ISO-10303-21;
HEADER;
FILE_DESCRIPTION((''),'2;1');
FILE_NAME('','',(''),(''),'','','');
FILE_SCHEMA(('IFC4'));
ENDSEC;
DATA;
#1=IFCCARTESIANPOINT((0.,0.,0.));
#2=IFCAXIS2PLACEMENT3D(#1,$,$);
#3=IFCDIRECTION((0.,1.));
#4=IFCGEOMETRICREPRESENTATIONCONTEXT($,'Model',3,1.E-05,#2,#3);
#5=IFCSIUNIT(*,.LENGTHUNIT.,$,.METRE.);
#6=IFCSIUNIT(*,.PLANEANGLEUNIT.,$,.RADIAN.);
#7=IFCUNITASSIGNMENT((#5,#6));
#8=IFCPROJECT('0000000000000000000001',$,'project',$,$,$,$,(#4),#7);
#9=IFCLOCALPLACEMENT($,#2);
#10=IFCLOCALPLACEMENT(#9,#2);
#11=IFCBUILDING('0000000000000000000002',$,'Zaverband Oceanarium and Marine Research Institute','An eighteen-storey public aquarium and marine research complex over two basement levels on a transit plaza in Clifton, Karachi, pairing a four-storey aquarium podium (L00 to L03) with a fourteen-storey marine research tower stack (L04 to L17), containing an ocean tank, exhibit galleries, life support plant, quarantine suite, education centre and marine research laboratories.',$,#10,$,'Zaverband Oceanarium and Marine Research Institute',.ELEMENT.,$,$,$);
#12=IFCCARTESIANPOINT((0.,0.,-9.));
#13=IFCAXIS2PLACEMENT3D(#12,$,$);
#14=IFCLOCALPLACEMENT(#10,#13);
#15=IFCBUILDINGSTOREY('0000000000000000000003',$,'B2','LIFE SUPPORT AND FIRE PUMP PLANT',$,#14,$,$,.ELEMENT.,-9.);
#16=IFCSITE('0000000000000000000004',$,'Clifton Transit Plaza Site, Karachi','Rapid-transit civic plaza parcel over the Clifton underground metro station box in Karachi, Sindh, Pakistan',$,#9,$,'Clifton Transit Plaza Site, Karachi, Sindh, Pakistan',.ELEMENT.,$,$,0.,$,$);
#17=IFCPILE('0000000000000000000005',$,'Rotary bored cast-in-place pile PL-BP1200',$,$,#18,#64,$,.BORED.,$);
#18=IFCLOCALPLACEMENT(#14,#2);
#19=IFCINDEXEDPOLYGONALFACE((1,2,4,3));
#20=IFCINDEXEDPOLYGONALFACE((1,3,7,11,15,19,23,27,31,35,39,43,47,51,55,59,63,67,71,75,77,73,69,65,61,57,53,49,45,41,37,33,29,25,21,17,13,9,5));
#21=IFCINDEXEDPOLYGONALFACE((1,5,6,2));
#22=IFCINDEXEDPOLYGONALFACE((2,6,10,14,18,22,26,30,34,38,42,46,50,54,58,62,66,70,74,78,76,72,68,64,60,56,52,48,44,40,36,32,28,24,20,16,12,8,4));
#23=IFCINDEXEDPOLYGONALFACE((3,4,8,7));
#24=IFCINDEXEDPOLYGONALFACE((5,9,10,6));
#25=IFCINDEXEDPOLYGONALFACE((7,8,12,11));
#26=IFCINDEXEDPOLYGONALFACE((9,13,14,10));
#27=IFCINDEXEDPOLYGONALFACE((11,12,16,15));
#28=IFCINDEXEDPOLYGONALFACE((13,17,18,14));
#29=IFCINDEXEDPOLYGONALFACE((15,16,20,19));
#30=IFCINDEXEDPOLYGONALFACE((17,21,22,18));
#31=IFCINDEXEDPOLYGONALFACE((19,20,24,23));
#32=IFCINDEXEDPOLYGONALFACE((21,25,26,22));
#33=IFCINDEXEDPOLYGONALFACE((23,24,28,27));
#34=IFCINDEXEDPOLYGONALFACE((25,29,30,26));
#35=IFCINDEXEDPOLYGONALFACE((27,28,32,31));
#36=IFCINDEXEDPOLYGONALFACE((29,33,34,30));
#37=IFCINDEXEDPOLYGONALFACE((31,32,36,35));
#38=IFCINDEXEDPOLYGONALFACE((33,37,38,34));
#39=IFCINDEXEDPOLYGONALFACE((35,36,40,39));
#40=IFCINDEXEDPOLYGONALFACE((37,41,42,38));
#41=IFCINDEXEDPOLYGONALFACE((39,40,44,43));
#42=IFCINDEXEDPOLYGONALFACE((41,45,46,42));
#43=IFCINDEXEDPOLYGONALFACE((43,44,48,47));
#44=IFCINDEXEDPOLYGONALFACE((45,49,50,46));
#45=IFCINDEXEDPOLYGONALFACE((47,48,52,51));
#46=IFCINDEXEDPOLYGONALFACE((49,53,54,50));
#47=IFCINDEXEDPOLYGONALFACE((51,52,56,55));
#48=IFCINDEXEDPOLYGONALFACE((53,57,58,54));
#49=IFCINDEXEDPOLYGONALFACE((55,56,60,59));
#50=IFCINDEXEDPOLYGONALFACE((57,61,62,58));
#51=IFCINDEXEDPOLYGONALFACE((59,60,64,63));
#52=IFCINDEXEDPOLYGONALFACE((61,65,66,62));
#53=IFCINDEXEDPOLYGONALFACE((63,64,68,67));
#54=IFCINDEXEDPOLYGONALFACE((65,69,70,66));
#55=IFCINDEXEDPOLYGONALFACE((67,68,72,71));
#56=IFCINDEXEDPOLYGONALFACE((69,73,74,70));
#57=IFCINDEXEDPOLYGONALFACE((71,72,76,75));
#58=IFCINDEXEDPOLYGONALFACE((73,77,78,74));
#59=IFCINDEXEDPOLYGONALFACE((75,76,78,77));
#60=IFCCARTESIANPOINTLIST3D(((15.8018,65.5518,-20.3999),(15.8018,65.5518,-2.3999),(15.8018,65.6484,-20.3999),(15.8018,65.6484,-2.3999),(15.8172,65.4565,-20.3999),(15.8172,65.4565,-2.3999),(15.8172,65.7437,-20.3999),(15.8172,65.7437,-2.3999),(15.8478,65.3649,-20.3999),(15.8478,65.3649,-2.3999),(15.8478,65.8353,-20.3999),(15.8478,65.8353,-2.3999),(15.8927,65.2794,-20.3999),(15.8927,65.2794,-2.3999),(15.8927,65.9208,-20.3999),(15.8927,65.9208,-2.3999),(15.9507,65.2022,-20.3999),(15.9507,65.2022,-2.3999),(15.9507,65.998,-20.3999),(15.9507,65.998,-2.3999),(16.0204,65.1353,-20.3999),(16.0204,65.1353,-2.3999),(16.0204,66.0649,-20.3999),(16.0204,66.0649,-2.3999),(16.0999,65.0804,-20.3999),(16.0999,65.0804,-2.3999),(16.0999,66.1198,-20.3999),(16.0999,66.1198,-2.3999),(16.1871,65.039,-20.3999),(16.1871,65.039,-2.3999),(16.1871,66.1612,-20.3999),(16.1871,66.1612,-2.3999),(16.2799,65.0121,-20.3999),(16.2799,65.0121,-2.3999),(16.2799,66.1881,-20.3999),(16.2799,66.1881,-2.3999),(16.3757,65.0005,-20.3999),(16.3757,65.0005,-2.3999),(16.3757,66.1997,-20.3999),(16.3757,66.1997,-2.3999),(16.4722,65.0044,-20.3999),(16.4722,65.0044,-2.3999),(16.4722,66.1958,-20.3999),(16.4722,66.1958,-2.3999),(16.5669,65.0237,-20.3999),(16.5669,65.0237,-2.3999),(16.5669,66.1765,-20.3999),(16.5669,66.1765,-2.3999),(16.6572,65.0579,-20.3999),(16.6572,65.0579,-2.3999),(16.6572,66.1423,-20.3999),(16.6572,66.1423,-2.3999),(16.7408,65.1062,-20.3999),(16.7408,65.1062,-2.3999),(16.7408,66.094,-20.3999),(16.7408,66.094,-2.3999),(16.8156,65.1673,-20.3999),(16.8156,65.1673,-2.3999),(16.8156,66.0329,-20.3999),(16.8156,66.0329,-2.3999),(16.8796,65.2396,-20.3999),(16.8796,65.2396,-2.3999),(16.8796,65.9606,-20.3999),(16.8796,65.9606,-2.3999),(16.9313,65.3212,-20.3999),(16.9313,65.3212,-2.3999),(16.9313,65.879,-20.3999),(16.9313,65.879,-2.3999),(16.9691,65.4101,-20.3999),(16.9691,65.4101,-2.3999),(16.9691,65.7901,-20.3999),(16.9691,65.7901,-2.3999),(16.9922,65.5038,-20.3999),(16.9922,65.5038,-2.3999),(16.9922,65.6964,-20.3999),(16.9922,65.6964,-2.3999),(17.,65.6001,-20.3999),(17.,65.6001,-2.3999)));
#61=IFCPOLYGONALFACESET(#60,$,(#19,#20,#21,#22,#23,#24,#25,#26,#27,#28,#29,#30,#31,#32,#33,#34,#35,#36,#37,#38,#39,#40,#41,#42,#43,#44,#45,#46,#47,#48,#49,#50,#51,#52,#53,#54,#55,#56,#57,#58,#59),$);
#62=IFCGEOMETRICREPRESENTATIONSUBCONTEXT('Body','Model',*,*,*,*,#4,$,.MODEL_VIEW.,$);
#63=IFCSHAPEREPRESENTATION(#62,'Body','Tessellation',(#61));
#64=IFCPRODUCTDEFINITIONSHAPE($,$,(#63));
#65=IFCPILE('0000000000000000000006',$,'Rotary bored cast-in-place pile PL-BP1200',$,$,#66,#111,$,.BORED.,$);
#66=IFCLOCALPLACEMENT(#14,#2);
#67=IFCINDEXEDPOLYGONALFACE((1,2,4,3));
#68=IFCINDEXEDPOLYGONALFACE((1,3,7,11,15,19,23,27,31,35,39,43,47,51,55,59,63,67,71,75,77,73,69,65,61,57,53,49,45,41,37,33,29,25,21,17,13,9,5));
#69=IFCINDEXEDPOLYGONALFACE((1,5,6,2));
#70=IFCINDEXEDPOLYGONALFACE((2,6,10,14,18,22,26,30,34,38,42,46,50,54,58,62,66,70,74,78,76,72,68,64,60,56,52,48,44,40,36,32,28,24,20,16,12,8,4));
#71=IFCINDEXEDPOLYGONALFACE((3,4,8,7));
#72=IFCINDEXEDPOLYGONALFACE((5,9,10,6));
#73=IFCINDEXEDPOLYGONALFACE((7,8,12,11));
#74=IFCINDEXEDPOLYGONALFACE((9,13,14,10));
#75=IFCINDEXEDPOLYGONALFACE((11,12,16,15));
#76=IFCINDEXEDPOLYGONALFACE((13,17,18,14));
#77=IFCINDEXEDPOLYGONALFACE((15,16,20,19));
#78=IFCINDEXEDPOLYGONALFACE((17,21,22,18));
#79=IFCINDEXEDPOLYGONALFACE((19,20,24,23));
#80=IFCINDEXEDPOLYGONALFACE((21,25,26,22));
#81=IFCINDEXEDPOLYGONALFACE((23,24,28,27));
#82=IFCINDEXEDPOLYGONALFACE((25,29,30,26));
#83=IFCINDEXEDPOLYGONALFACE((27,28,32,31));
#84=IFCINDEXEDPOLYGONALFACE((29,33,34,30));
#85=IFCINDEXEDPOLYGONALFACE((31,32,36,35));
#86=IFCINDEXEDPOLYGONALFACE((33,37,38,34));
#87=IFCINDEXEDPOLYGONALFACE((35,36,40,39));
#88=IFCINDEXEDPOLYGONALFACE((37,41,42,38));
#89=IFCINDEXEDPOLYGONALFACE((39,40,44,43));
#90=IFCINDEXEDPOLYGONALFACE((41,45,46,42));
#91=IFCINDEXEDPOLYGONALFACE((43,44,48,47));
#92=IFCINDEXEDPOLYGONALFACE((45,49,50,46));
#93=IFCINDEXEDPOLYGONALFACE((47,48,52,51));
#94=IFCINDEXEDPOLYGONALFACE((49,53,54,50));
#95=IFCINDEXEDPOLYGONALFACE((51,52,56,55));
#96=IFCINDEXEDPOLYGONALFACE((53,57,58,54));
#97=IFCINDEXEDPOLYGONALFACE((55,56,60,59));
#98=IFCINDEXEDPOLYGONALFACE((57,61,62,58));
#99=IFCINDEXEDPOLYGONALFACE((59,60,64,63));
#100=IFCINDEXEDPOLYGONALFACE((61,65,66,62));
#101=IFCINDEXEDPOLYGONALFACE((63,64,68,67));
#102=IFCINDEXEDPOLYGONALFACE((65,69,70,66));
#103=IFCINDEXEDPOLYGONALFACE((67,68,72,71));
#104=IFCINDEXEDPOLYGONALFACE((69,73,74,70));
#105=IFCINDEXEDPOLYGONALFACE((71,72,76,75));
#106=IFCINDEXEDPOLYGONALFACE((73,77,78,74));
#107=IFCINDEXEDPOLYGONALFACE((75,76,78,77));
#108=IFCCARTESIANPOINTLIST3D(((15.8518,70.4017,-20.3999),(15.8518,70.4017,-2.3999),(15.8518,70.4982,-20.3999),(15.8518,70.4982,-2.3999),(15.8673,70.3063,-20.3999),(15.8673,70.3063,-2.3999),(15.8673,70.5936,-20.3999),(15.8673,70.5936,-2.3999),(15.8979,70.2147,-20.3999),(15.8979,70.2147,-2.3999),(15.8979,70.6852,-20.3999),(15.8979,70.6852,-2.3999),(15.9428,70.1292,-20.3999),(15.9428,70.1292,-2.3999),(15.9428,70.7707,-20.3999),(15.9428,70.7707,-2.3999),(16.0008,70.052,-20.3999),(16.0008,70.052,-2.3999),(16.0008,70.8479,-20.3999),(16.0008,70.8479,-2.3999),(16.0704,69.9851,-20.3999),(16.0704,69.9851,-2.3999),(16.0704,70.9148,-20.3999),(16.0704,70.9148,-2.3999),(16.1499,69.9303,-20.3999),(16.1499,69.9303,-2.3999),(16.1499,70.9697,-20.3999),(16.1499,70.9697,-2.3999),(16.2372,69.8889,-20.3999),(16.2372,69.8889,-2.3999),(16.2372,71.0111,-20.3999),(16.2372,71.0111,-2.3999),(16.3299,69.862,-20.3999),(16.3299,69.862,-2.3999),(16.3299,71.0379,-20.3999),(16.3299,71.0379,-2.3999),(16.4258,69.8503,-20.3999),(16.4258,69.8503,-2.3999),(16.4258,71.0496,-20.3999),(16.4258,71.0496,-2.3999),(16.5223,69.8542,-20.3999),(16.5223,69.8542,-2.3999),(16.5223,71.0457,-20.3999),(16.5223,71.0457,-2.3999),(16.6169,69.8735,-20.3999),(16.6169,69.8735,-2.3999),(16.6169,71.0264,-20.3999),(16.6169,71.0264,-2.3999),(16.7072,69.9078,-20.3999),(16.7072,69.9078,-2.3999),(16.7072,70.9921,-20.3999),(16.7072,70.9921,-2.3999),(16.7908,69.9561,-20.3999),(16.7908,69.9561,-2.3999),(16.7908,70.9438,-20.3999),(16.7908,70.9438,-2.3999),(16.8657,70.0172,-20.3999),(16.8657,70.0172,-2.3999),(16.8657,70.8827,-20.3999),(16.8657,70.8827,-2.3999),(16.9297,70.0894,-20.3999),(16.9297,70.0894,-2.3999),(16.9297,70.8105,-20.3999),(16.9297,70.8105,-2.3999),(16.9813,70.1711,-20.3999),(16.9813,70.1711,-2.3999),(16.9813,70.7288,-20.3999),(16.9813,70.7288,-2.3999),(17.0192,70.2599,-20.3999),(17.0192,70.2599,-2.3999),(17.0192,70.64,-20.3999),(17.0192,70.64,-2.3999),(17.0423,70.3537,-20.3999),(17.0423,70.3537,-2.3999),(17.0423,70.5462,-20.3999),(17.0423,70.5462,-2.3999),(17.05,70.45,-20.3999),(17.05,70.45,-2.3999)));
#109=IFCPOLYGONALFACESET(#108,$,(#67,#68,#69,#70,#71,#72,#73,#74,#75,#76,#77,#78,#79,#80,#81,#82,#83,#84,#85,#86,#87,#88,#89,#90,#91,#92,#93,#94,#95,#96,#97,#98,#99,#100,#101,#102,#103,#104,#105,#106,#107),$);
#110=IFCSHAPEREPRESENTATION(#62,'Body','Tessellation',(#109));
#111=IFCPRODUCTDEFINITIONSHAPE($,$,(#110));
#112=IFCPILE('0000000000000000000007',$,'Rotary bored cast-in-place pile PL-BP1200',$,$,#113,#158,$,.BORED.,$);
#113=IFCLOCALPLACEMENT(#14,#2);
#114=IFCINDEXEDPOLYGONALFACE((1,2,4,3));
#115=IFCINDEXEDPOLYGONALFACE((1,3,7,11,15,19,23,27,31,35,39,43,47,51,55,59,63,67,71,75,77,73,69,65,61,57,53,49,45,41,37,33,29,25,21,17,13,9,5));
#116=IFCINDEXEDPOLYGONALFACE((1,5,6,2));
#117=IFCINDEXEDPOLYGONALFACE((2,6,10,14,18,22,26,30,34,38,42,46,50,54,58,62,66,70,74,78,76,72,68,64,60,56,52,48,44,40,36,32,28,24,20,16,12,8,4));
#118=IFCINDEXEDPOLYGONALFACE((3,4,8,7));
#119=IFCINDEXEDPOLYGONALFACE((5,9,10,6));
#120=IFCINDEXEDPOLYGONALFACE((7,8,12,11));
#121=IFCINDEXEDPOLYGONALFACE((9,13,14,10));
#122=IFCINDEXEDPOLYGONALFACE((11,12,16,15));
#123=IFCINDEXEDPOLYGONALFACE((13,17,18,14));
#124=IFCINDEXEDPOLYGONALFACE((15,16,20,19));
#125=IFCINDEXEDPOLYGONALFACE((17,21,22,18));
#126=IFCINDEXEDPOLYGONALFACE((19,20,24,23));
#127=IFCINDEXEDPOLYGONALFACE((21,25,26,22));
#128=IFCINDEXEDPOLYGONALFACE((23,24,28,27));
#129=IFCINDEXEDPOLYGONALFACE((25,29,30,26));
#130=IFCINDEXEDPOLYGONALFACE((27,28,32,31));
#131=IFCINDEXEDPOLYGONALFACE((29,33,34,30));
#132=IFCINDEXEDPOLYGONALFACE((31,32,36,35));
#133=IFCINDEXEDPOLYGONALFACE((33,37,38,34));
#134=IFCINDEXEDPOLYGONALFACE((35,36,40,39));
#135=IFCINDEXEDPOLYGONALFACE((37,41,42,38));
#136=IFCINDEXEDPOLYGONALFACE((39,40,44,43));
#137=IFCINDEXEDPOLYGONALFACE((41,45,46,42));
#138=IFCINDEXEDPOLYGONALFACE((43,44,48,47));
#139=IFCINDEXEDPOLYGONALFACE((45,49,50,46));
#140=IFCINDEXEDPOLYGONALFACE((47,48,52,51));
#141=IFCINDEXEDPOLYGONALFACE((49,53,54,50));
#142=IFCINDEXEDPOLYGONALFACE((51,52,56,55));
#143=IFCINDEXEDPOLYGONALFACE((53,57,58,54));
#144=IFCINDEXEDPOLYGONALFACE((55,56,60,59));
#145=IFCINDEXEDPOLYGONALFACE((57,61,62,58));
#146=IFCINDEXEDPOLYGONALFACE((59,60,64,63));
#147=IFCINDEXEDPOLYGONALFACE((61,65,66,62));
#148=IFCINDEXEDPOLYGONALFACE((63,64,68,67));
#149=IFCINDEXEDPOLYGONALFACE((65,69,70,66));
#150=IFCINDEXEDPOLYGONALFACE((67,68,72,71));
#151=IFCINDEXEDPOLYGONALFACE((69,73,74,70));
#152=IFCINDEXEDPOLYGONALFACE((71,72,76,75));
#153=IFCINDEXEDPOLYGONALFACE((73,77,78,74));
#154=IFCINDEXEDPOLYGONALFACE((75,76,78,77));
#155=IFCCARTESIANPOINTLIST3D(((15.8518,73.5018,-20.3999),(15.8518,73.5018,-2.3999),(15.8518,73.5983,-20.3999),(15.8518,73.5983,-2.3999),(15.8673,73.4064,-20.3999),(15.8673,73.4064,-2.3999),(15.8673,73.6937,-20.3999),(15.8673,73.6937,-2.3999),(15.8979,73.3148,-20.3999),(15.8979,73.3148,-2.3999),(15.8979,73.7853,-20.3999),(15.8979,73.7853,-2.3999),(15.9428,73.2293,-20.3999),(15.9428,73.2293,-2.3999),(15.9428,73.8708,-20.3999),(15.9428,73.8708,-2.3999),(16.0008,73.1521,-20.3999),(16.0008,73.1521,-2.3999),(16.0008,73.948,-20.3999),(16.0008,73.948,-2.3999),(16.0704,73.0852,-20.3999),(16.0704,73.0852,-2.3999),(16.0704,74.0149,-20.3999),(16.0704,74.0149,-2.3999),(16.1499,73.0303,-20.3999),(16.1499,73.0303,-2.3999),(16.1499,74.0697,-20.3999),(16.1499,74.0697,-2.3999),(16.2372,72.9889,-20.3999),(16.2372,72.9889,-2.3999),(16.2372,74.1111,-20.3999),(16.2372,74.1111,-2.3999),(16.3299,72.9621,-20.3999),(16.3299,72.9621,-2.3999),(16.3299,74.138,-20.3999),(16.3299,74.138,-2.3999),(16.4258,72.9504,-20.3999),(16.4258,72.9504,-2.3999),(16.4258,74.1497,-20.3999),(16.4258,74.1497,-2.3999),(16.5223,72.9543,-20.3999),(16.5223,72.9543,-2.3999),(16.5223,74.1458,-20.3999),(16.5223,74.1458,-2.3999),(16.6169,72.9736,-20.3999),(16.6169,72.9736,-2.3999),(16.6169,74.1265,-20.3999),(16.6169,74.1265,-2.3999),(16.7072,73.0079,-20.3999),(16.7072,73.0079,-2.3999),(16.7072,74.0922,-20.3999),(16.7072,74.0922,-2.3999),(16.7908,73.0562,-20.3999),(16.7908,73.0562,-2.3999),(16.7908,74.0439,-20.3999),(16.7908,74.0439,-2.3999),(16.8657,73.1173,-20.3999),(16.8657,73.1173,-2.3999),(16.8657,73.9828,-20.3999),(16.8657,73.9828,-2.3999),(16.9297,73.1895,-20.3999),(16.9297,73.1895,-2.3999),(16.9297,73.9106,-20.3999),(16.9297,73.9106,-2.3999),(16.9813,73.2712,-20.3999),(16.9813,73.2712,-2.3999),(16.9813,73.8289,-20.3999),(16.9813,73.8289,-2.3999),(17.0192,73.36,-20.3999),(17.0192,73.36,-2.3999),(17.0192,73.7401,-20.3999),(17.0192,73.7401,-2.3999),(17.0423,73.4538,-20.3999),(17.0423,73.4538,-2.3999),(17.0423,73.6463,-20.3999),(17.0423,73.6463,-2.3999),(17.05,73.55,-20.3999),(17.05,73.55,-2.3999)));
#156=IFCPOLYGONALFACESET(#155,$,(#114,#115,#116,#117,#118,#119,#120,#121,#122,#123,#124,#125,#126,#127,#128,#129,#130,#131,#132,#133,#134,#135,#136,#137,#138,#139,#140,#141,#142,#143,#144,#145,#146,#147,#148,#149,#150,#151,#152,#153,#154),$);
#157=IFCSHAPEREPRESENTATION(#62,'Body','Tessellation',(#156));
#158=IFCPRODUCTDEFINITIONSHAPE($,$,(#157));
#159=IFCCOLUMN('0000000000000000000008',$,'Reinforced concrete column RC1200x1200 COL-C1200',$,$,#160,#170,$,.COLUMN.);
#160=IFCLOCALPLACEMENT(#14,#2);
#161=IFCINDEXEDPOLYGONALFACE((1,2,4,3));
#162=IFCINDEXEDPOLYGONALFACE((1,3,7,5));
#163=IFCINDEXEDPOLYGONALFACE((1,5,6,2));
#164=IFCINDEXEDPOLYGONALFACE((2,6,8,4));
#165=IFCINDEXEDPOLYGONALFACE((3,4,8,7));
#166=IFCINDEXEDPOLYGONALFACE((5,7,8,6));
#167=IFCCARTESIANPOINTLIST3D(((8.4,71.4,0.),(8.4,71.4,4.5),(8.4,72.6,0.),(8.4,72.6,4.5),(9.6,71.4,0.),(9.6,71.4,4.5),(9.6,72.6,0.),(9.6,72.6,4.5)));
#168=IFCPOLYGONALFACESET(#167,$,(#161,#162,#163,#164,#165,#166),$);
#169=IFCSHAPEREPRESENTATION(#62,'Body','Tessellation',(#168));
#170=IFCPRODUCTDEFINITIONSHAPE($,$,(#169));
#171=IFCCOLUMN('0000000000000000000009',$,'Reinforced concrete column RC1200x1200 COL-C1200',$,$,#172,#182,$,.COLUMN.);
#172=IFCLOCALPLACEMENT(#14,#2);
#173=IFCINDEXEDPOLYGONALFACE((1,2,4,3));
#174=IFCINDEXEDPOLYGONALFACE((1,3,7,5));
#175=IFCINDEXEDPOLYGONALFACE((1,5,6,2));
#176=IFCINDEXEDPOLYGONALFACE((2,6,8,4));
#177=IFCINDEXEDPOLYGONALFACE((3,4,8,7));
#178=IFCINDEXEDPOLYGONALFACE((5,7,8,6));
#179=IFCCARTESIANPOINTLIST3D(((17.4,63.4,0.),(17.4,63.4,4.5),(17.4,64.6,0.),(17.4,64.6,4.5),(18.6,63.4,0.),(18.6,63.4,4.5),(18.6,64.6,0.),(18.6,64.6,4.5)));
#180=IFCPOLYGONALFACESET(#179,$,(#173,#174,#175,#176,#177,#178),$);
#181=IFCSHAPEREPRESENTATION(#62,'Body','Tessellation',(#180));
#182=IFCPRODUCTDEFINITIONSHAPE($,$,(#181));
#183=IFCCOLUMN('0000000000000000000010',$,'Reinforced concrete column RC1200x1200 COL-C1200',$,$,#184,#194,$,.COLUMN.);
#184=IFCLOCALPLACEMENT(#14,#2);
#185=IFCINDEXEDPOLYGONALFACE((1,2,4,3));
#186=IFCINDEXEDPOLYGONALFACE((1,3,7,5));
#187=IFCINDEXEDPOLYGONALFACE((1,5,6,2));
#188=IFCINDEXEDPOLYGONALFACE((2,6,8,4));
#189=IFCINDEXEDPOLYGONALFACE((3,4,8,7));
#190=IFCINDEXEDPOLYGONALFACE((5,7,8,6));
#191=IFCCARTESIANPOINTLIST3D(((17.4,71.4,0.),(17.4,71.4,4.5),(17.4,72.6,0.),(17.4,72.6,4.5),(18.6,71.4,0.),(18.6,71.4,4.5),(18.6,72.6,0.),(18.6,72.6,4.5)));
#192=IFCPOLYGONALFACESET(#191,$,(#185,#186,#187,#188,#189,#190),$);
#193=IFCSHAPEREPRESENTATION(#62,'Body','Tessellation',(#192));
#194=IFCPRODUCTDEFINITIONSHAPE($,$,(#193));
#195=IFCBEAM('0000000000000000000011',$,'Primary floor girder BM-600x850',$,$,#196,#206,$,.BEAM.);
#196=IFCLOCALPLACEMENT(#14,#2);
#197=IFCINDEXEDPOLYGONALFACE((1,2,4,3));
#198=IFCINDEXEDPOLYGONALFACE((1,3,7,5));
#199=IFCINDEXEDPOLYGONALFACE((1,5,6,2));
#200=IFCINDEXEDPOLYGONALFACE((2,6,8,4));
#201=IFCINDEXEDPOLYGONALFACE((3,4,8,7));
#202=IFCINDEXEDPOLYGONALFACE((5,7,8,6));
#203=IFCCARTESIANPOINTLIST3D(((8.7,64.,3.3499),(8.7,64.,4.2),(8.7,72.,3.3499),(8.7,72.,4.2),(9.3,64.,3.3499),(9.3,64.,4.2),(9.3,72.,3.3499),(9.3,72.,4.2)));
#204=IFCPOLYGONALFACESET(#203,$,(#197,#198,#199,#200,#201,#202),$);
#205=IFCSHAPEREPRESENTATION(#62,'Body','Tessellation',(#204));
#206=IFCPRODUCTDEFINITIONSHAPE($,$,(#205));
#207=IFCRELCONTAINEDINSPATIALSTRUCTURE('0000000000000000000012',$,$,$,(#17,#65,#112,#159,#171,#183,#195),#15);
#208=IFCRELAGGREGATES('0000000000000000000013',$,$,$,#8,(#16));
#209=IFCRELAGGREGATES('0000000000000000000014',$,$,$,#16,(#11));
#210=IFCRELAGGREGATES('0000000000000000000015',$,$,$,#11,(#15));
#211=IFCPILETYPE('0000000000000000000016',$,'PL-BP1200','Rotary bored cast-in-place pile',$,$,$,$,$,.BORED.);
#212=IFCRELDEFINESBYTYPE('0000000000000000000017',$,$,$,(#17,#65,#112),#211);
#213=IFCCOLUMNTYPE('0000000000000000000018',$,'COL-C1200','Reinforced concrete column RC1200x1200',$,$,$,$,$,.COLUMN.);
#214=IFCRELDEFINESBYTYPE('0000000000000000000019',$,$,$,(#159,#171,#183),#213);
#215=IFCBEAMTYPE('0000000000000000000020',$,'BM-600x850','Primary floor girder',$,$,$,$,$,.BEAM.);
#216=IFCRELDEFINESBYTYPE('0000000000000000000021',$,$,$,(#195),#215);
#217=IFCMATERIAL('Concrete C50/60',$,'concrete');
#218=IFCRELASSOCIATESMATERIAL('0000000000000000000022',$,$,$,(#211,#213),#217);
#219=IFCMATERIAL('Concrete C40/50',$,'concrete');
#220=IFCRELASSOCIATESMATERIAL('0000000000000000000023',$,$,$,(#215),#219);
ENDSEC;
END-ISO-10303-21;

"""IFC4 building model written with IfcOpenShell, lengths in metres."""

from ifc_helpers import new_model, si_unit, direction, frame, origin, origin_2d, place, context, subcontext, project, spatial, rectangle, circle, extrude, material, material_profile, profile_set, type_object, element, save


model = new_model("IFC4")

# Units and contexts
model_context = context("Model", 3, precision=1e-05, world=origin(), true_north=direction((0.0, 1.0)))
body_context = subcontext(model_context, "Body", "Model", "MODEL_VIEW")
ifc_project = project(units=[si_unit("LENGTHUNIT", "METRE"), si_unit("PLANEANGLEUNIT", "RADIAN")], contexts=[model_context])

# Site, building, storey
site_placement = place(None, origin())
site = spatial("IfcSite", under=ifc_project, at=site_placement, Name="Clifton Transit Plaza Site, Karachi", Description="Rapid-transit civic plaza parcel over the Clifton underground metro station box in Karachi, Sindh, Pakistan", LongName="Clifton Transit Plaza Site, Karachi, Sindh, Pakistan", CompositionType="ELEMENT", RefElevation=0.0)
building_placement = place(site_placement, origin())
building = spatial("IfcBuilding", under=site, at=building_placement, Name="Zaverband Oceanarium and Marine Research Institute", Description="An eighteen-storey public aquarium and marine research complex over two basement levels on a transit plaza in Clifton, Karachi, pairing a four-storey aquarium podium (L00 to L03) with a fourteen-storey marine research tower stack (L04 to L17), containing an ocean tank, exhibit galleries, life support plant, quarantine suite, education centre and marine research laboratories.", LongName="Zaverband Oceanarium and Marine Research Institute", CompositionType="ELEMENT")
storey_placement = place(building_placement, frame((0.0, 0.0, -9.0)))
storey = spatial("IfcBuildingStorey", under=building, at=storey_placement, Name="B2", Description="LIFE SUPPORT AND FIRE PUMP PLANT", CompositionType="ELEMENT", Elevation=-9.0)

# Shared definitions
ifc_material_1 = material(Name="Concrete C50/60", Category="concrete")

# Piles
ifc_material_profile_1 = material_profile(ifc_material_1, circle(Radius=0.6001, at=origin_2d()), Name="BP1200")
ifc_profile_set_1 = profile_set([ifc_material_profile_1], Name="Concrete C50/60")
pile_type = type_object("IfcPileType", Name="PL-BP1200", Description="Rotary bored cast-in-place pile", PredefinedType="BORED", material=ifc_profile_set_1)
for number, where, z_axis, x_axis, name in (
    (1, (16.3999, 65.6001, -2.3999), (0.0, 0.0, -1.0), (1.0, 0.0, 0.0), "Rotary bored cast-in-place pile PL-BP1200"),
    (2, (16.45, 70.45, -2.3999), (0.0, 0.0, -1.0), (1.0, 0.0, 0.0), "Rotary bored cast-in-place pile PL-BP1200"),
    (3, (16.45, 73.55, -2.3999), (0.0, 0.0, -1.0), (1.0, 0.0, 0.0), "Rotary bored cast-in-place pile PL-BP1200"),
):
    element("IfcPile", number, at=place(storey_placement, frame(where, z_axis=z_axis, x_axis=x_axis)), inside=storey, type_object=pile_type, Name=name, PredefinedType="BORED", context=body_context, shape_type="SweptSolid", body=[
        extrude(circle(Radius=0.6001, at=origin_2d()), origin(), (0.0, 0.0, 1.0), 18.0),
    ])

# Columns
ifc_material_profile_2 = material_profile(ifc_material_1, rectangle(XDim=1.2, YDim=1.2, at=origin_2d()), Name="RC1200x1200")
ifc_profile_set_2 = profile_set([ifc_material_profile_2], Name="Concrete C50/60")
column_type = type_object("IfcColumnType", Name="COL-C1200", Description="Reinforced concrete column RC1200x1200", PredefinedType="COLUMN", material=ifc_profile_set_2)
for number, where, z_axis, x_axis, name in (
    (4, (9.0, 72.0, 0.0), (0.0, 0.0, 1.0), (1.0, 0.0, 0.0), "Reinforced concrete column RC1200x1200 COL-C1200"),
    (5, (18.0, 64.0, 0.0), (0.0, 0.0, 1.0), (1.0, 0.0, 0.0), "Reinforced concrete column RC1200x1200 COL-C1200"),
    (6, (18.0, 72.0, 0.0), (0.0, 0.0, 1.0), (1.0, 0.0, 0.0), "Reinforced concrete column RC1200x1200 COL-C1200"),
):
    element("IfcColumn", number, at=place(storey_placement, frame(where, z_axis=z_axis, x_axis=x_axis)), inside=storey, type_object=column_type, Name=name, PredefinedType="COLUMN", context=body_context, shape_type="SweptSolid", body=[
        extrude(rectangle(XDim=1.2, YDim=1.2, at=origin_2d()), origin(), (0.0, 0.0, 1.0), 4.5),
    ])

# Beam
ifc_material_2 = material(Name="Concrete C40/50", Category="concrete")
ifc_material_profile_3 = material_profile(ifc_material_2, rectangle(XDim=0.6001, YDim=0.8501, at=origin_2d()), Name="RC600x850")
ifc_profile_set_3 = profile_set([ifc_material_profile_3], Name="Concrete C40/50")
beam_type_1 = type_object("IfcBeamType", Name="BM-600x850", Description="Primary floor girder", PredefinedType="BEAM", material=ifc_profile_set_3)
for number, where, z_axis, x_axis, name in (
    (7, (9.0, 64.0, 3.7749), (0.0, 1.0, 0.0), (-1.0, 0.0, 0.0), "Primary floor girder BM-600x850"),
):
    element("IfcBeam", number, at=place(storey_placement, frame(where, z_axis=z_axis, x_axis=x_axis)), inside=storey, type_object=beam_type_1, Name=name, PredefinedType="BEAM", context=body_context, shape_type="SweptSolid", body=[
        extrude(rectangle(XDim=0.6001, YDim=0.8501, at=origin_2d()), origin(), (0.0, 0.0, 1.0), 8.0),
    ])

save(model, "model.ifc")
